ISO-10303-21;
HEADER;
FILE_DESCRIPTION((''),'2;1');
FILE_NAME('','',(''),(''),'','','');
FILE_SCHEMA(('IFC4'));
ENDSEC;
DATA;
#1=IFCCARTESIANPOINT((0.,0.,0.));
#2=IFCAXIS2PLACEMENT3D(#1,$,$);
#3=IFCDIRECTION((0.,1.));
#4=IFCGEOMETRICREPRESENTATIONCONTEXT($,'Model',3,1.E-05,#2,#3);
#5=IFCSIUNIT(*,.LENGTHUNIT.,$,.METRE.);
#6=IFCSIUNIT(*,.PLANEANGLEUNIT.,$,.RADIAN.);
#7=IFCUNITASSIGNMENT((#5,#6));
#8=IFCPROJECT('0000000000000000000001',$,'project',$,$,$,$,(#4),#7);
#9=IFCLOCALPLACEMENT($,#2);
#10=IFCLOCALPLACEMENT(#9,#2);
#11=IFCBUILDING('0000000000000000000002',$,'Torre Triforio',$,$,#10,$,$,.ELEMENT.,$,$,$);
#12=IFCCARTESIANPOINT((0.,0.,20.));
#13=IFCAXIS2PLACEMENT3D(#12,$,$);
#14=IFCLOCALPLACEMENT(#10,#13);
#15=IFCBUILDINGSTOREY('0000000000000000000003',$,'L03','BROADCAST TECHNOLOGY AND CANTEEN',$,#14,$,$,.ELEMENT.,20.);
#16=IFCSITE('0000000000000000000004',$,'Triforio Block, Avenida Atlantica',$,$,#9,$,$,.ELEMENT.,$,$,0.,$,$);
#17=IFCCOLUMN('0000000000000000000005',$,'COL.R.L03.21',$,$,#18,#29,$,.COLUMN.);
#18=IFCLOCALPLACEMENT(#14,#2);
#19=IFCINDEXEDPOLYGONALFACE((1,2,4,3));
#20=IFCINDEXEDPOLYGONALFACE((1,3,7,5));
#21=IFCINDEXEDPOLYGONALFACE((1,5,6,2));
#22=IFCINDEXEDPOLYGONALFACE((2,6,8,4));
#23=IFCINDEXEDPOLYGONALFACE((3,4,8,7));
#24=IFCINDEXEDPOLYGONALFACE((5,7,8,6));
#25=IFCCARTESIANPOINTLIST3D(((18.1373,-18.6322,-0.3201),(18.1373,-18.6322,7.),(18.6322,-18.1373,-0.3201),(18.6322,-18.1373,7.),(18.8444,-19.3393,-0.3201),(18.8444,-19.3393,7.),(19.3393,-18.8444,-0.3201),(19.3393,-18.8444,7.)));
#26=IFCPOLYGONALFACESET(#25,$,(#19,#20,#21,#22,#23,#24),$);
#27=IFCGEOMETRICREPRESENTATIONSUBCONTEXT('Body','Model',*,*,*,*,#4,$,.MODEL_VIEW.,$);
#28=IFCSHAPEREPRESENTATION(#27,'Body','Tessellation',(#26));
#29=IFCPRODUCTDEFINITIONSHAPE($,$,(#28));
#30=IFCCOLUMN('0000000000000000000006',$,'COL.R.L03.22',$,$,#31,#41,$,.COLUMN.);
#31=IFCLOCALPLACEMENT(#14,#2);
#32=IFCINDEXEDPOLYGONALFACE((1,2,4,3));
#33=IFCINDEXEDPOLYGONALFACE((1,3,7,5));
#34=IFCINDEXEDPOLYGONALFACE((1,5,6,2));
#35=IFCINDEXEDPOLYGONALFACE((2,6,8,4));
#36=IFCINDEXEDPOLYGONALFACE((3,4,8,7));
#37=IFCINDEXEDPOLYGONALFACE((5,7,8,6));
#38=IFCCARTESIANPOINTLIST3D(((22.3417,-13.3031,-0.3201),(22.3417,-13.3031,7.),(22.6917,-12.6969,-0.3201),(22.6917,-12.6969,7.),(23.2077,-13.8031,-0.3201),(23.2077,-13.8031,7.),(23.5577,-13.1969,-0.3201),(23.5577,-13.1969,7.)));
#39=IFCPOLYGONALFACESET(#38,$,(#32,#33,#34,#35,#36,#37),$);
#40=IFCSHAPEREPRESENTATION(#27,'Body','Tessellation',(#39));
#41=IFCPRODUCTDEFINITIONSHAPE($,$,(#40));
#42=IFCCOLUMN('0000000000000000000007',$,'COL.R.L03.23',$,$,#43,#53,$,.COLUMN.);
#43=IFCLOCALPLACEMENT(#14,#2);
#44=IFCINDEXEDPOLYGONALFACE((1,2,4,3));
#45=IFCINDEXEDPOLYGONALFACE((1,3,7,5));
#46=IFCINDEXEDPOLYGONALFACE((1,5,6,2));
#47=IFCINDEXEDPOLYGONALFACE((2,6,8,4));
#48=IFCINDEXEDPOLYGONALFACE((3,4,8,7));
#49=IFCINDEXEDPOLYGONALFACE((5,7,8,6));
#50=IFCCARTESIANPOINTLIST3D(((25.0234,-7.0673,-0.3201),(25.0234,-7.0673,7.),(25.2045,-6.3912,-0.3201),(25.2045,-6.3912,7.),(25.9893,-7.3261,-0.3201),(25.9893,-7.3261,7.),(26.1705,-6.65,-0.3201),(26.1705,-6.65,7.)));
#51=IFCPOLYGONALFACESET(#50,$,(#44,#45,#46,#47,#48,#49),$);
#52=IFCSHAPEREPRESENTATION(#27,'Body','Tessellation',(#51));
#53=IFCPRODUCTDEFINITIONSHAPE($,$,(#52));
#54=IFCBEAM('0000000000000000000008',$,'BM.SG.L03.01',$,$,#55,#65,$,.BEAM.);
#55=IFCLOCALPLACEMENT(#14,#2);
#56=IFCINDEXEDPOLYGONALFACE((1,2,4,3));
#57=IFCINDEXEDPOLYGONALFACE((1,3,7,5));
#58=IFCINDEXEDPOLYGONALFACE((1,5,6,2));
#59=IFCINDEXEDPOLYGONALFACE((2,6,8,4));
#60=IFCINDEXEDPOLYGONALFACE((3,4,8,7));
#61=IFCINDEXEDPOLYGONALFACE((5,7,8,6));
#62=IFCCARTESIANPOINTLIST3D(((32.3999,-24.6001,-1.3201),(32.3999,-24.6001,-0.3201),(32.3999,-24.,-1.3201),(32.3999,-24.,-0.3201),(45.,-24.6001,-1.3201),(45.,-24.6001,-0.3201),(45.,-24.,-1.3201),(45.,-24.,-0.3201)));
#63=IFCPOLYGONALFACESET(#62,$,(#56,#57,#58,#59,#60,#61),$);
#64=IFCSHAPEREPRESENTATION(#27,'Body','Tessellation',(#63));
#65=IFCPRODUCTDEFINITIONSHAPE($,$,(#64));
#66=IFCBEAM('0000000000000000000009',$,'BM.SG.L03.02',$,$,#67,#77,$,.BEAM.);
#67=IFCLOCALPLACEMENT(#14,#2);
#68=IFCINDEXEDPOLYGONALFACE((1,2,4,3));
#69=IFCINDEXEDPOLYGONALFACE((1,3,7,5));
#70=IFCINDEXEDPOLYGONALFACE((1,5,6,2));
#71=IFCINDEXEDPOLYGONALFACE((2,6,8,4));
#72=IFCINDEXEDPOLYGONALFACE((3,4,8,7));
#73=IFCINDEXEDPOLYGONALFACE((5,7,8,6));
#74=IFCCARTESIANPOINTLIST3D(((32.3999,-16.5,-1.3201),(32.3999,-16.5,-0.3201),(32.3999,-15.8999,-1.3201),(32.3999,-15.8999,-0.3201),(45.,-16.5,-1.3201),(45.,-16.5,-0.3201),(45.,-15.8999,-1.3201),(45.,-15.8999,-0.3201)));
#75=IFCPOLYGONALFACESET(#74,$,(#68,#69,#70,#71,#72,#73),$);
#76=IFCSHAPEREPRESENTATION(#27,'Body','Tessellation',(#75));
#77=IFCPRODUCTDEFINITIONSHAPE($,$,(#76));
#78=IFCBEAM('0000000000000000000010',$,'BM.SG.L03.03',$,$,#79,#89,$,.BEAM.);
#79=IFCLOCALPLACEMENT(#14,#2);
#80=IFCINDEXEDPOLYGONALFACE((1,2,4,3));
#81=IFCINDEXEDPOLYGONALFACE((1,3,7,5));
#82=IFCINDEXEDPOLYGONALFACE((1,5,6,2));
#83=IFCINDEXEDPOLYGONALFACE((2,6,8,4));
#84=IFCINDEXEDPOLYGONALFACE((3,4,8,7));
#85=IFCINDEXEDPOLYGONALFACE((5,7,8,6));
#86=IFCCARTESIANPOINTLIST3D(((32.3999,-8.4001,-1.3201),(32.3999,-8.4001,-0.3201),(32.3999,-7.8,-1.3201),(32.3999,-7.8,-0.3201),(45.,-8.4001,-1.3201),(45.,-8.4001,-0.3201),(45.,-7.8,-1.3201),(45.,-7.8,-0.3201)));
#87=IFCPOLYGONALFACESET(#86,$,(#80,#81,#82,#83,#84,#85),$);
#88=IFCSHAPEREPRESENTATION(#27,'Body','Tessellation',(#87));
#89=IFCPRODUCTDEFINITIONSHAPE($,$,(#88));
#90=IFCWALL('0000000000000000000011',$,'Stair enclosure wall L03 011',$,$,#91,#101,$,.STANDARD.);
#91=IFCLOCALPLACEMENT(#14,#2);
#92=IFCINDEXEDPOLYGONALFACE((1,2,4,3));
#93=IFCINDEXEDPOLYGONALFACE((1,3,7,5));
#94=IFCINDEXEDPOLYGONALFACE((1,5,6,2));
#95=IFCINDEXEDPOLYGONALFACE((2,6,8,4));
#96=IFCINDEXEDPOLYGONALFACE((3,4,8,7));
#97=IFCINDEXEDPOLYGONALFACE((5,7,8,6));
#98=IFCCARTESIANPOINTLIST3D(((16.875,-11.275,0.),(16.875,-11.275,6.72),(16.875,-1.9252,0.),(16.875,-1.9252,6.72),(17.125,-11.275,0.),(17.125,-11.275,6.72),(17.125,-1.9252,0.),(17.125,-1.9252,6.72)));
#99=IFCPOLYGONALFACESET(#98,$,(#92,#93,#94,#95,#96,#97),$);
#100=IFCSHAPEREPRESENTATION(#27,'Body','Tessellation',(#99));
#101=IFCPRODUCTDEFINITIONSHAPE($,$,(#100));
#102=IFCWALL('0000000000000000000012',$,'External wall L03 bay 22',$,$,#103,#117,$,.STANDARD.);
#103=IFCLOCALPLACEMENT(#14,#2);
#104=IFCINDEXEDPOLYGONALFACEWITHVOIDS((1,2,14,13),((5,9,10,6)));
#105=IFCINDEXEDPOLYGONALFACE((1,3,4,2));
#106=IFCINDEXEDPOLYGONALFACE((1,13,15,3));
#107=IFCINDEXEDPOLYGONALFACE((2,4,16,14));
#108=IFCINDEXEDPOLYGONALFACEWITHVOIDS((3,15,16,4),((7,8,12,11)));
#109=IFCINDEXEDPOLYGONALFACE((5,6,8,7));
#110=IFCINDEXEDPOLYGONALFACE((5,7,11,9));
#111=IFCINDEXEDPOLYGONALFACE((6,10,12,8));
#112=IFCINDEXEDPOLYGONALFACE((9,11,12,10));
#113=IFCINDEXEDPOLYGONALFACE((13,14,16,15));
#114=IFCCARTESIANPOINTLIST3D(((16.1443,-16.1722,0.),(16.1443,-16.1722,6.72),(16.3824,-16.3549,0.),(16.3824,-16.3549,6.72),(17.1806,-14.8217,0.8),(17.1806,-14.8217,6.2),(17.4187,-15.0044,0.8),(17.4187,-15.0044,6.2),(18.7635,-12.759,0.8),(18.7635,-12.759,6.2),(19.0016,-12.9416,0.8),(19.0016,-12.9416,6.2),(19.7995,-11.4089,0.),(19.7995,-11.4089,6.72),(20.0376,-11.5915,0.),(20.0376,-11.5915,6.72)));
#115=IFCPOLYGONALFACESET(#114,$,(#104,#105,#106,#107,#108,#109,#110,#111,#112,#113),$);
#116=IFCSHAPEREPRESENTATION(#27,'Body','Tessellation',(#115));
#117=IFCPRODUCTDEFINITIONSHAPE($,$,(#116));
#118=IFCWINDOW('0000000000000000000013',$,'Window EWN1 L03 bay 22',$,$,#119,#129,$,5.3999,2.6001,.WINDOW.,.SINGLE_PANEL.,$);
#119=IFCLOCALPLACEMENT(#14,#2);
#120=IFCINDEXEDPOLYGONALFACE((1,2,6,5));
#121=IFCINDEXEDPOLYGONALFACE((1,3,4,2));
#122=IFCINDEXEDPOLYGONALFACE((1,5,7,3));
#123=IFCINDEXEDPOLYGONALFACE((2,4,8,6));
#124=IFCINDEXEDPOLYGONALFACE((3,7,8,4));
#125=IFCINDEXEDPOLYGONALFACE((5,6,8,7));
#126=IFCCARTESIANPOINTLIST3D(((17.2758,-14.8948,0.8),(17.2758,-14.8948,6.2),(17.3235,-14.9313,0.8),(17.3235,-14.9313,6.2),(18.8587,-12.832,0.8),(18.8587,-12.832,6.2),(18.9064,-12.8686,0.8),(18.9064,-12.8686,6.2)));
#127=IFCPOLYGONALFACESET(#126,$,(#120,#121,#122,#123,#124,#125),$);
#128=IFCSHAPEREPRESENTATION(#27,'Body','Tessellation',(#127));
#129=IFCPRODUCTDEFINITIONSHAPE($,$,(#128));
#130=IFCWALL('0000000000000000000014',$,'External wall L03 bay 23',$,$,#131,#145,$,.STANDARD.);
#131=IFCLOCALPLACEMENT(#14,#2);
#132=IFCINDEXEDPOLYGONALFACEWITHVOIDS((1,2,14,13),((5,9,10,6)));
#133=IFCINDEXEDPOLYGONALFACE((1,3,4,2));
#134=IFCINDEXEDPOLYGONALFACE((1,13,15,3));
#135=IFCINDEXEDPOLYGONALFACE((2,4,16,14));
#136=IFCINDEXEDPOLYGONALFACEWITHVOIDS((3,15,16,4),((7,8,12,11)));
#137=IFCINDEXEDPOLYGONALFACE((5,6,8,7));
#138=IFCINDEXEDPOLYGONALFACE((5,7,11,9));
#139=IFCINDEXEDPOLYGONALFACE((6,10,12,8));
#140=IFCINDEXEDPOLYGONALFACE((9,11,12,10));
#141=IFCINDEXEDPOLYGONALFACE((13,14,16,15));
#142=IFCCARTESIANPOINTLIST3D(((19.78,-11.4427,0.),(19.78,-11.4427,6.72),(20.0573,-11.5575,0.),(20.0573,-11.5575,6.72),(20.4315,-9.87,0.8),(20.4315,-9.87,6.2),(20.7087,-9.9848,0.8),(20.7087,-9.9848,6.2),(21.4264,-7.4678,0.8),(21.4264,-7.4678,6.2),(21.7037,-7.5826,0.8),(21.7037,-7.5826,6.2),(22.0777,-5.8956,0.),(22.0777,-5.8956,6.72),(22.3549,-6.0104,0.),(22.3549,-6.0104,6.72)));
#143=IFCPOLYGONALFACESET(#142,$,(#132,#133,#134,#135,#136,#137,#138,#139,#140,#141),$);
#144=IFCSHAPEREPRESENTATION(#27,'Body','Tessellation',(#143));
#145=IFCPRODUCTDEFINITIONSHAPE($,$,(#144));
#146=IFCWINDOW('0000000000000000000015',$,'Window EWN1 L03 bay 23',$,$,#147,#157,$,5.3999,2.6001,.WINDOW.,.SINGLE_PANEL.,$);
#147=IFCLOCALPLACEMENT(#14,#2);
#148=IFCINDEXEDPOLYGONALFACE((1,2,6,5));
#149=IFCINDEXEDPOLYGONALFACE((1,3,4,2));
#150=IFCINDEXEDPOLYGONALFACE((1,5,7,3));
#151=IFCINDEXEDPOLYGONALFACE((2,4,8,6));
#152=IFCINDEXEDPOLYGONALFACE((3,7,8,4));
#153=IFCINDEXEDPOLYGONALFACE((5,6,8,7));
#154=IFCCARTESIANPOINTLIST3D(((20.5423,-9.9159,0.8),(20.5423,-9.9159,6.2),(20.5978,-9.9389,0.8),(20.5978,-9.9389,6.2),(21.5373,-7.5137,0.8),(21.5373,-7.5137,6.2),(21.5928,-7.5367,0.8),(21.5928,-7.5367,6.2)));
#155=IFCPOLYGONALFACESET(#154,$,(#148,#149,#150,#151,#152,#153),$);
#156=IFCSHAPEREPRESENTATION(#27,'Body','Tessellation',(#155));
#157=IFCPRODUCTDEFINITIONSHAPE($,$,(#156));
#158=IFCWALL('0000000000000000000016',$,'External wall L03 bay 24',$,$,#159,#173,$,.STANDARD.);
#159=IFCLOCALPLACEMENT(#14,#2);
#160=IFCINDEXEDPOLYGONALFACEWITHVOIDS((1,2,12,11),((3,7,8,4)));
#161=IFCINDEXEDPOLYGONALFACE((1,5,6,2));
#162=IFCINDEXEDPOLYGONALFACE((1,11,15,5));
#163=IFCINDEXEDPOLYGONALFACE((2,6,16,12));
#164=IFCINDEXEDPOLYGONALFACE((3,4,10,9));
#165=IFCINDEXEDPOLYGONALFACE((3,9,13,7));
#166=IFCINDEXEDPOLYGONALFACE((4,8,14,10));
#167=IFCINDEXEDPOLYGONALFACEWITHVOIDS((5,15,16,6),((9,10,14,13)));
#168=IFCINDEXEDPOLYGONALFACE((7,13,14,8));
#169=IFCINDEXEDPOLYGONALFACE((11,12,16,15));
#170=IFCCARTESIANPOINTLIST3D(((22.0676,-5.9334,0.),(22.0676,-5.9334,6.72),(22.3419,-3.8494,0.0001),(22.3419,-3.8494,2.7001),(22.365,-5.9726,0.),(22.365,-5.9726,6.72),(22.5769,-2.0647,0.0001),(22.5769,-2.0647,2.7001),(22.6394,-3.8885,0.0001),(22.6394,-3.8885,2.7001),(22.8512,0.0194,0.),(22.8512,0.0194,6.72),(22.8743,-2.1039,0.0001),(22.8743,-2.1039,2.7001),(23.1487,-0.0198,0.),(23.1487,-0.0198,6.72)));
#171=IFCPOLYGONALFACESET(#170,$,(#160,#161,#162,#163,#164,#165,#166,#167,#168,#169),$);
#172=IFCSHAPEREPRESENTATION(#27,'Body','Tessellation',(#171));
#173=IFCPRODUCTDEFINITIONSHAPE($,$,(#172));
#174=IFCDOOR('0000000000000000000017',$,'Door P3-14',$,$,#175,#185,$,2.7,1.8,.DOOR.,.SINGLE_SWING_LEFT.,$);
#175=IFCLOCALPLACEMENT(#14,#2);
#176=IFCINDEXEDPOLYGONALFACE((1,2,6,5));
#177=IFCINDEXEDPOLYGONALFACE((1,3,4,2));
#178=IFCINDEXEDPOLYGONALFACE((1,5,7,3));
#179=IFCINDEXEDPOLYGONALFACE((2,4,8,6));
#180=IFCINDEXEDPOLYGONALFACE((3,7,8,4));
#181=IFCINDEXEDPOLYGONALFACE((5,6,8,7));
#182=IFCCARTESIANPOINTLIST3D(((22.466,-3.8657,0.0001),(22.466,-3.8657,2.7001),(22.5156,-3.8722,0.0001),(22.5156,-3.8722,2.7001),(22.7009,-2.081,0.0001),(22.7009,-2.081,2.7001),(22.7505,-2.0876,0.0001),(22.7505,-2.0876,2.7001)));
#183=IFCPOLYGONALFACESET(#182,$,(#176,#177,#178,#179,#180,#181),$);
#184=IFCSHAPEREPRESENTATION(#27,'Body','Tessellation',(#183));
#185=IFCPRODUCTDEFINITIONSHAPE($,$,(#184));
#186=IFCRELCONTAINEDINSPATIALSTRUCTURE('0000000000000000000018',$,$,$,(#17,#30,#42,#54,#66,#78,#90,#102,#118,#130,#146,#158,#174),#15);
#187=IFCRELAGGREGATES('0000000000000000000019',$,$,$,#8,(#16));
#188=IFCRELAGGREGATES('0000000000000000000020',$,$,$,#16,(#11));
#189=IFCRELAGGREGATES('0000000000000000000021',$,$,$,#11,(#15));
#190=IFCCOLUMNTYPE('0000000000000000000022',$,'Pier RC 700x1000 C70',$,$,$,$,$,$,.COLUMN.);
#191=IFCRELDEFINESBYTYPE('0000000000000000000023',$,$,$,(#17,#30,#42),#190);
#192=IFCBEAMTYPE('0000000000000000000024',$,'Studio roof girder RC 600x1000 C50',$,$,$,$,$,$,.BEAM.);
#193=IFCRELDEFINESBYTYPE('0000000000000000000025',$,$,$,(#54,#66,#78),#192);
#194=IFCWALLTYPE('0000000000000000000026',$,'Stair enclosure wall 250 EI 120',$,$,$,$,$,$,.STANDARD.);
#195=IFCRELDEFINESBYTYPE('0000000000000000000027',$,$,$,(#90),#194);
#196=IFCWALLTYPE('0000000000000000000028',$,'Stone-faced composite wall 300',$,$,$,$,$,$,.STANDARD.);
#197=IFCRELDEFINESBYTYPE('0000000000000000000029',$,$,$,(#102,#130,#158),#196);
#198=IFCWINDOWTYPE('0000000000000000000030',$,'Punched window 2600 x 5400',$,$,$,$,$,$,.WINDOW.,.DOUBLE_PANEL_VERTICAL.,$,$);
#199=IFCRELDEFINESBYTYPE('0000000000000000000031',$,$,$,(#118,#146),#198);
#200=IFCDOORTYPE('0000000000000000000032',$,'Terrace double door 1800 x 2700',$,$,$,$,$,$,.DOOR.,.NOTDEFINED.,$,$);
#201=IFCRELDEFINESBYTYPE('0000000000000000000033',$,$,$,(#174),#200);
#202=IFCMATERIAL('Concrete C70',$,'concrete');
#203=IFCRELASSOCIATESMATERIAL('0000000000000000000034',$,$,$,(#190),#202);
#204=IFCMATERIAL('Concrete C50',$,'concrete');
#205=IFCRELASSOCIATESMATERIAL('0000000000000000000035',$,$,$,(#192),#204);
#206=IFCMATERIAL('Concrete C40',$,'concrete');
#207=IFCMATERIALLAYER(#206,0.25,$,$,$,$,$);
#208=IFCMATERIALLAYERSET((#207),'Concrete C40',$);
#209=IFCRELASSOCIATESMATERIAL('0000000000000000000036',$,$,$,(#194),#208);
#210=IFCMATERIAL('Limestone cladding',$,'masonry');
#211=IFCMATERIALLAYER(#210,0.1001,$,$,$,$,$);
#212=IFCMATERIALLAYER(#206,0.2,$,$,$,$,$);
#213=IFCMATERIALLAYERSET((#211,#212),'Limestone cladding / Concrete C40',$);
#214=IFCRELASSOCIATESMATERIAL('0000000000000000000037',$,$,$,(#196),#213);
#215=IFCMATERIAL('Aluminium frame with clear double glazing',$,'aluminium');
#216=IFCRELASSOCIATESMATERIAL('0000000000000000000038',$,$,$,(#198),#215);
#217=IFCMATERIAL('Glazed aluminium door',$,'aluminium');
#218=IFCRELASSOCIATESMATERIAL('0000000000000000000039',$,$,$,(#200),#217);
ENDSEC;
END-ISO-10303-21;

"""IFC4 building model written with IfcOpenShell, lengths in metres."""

from ifc_helpers import new_model, si_unit, direction, frame, frame_2d, origin, origin_2d, place, context, subcontext, project, spatial, rectangle, extrude, material, layer, layer_set, material_profile, profile_set, type_object, element, fill, save


model = new_model("IFC4")

# Units and contexts
model_context = context("Model", 3, precision=1e-05, world=origin(), true_north=direction((0.0, 1.0)))
body_context = subcontext(model_context, "Body", "Model", "MODEL_VIEW")
ifc_project = project(units=[si_unit("LENGTHUNIT", "METRE"), si_unit("PLANEANGLEUNIT", "RADIAN")], contexts=[model_context])

# Site, building, storey
site_placement = place(None, origin())
site = spatial("IfcSite", under=ifc_project, at=site_placement, Name="Triforio Block, Avenida Atlantica", CompositionType="ELEMENT", RefElevation=0.0)
building_placement = place(site_placement, origin())
building = spatial("IfcBuilding", under=site, at=building_placement, Name="Torre Triforio", CompositionType="ELEMENT")
storey_placement = place(building_placement, frame((0.0, 0.0, 20.0)))
storey = spatial("IfcBuildingStorey", under=building, at=storey_placement, Name="L03", Description="BROADCAST TECHNOLOGY AND CANTEEN", CompositionType="ELEMENT", Elevation=20.0)

# Columns
ifc_material_1 = material(Name="Concrete C70", Category="concrete")
ifc_material_profile_1 = material_profile(ifc_material_1, rectangle(XDim=0.7, YDim=1.0, at=origin_2d()), Name="RC 700x1000")
ifc_profile_set_1 = profile_set([ifc_material_profile_1], Name="Concrete C70")
column_type = type_object("IfcColumnType", Name="Pier RC 700x1000 C70", PredefinedType="COLUMN", material=ifc_profile_set_1)
for number, where, z_axis, x_axis, name in (
    (1, (18.7383, -18.7383, -0.3201), (0.0, 0.0, 1.0), (0.707107, 0.707107, 0.0), "COL.R.L03.21"),
    (2, (22.9497, -13.25, -0.3201), (0.0, 0.0, 1.0), (0.5, 0.866025, 0.0), "COL.R.L03.22"),
    (3, (25.5969, -6.8586, -0.3201), (0.0, 0.0, 1.0), (0.258819, 0.965926, 0.0), "COL.R.L03.23"),
):
    element("IfcColumn", number, at=place(storey_placement, frame(where, z_axis=z_axis, x_axis=x_axis)), inside=storey, type_object=column_type, Name=name, PredefinedType="COLUMN", context=body_context, shape_type="SweptSolid", body=[
        extrude(rectangle(XDim=0.7, YDim=1.0, at=origin_2d()), origin(), (0.0, 0.0, 1.0), 7.3201),
    ])

# Beams
ifc_material_2 = material(Name="Concrete C50", Category="concrete")
ifc_material_profile_2 = material_profile(ifc_material_2, rectangle(XDim=0.6001, YDim=1.0, at=origin_2d()), Name="RC 600x1000")
ifc_profile_set_2 = profile_set([ifc_material_profile_2], Name="Concrete C50")
beam_type = type_object("IfcBeamType", Name="Studio roof girder RC 600x1000 C50", PredefinedType="BEAM", material=ifc_profile_set_2)
for number, where, z_axis, x_axis, name in (
    (4, (32.3999, -24.3, -0.8201), (1.0, 0.0, 0.0), (0.0, 1.0, 0.0), "BM.SG.L03.01"),
    (5, (32.3999, -16.2, -0.8201), (1.0, 0.0, 0.0), (0.0, 1.0, 0.0), "BM.SG.L03.02"),
    (6, (32.3999, -8.1001, -0.8201), (1.0, 0.0, 0.0), (0.0, 1.0, 0.0), "BM.SG.L03.03"),
):
    element("IfcBeam", number, at=place(storey_placement, frame(where, z_axis=z_axis, x_axis=x_axis)), inside=storey, type_object=beam_type, Name=name, PredefinedType="BEAM", context=body_context, shape_type="SweptSolid", body=[
        extrude(rectangle(XDim=0.6001, YDim=1.0, at=origin_2d()), origin(), (0.0, 0.0, 1.0), 12.6001),
    ])

# Wall
ifc_material_3 = material(Name="Concrete C40", Category="concrete")
ifc_layer_1 = layer(ifc_material_3, 0.25)
ifc_layer_set_1 = layer_set([ifc_layer_1], Name="Concrete C40")
wall_type_1 = type_object("IfcWallType", Name="Stair enclosure wall 250 EI 120", PredefinedType="STANDARD", material=ifc_layer_set_1)
wall_1_placement = place(storey_placement, frame((17.0, -11.2749, 0.0), z_axis=(0.0, 0.0, 1.0), x_axis=(0.0, 1.0, 0.0)))
element("IfcWall", 7, at=wall_1_placement, inside=storey, type_object=wall_type_1, Name="Stair enclosure wall L03 011", PredefinedType="STANDARD", context=body_context, shape_type="SweptSolid", body=[
    extrude(rectangle(XDim=9.3499, YDim=0.25, at=frame_2d((4.6748, 0.0))), origin(), (0.0, 0.0, 1.0), 6.72),
])

# Walls, openings, windows
ifc_material_4 = material(Name="Limestone cladding", Category="masonry")
ifc_layer_2 = layer(ifc_material_4, 0.1001)
ifc_layer_3 = layer(ifc_material_3, 0.2)
ifc_layer_set_2 = layer_set([ifc_layer_2, ifc_layer_3], Name="Limestone cladding / Concrete C40")
wall_type_2 = type_object("IfcWallType", Name="Stone-faced composite wall 300", PredefinedType="STANDARD", material=ifc_layer_set_2)
wall_2_placement = place(storey_placement, frame((16.2634, -16.2634, 0.0), z_axis=(0.0, 0.0, 1.0), x_axis=(0.608779, 0.79334, 0.0)))
wall_2 = element("IfcWall", 8, at=wall_2_placement, inside=storey, type_object=wall_type_2, Name="External wall L03 bay 22", PredefinedType="STANDARD", context=body_context, shape_type="SweptSolid", body=[
    extrude(rectangle(XDim=6.0042, YDim=0.3, at=frame_2d((3.002, 0.0))), origin(), (0.0, 0.0, 1.0), 6.72),
])
opening_1_placement = place(wall_2_placement, frame((1.7021, 0.0, 0.8)))
opening_1 = element("IfcOpeningElement", 9, at=opening_1_placement, cuts=wall_2, PredefinedType="OPENING", context=body_context, shape_type="SweptSolid", body=[
    extrude(rectangle(XDim=2.6001, YDim=5.3999, at=frame_2d((1.3, 2.7))), frame((0.0, 0.1599, 0.0), z_axis=(0.0, -1.0, 0.0), x_axis=(1.0, 0.0, 0.0)), (0.0, 0.0, 1.0), 0.3201),
])
ifc_material_5 = material(Name="Aluminium frame with clear double glazing", Category="aluminium")
window_type = type_object("IfcWindowType", Name="Punched window 2600 x 5400", PartitioningType="DOUBLE_PANEL_VERTICAL", PredefinedType="WINDOW", material=ifc_material_5)
window_1_placement = place(opening_1_placement, origin())
window_1 = element("IfcWindow", 10, at=window_1_placement, inside=storey, type_object=window_type, Name="Window EWN1 L03 bay 22", OverallHeight=5.3999, OverallWidth=2.6001, PartitioningType="SINGLE_PANEL", PredefinedType="WINDOW", context=body_context, shape_type="SweptSolid", body=[
    extrude(rectangle(XDim=2.6001, YDim=5.3999, at=frame_2d((1.3, 2.7))), frame((0.0, 0.03, 0.0), z_axis=(0.0, -1.0, 0.0), x_axis=(1.0, 0.0, 0.0)), (0.0, 0.0, 1.0), 0.0601),
])
fill(opening_1, window_1)
wall_3_placement = place(storey_placement, frame((19.9187, -11.5, 0.0), z_axis=(0.0, 0.0, 1.0), x_axis=(0.382671, 0.923885, 0.0)))
wall_3 = element("IfcWall", 11, at=wall_3_placement, inside=storey, type_object=wall_type_2, Name="External wall L03 bay 23", PredefinedType="STANDARD", context=body_context, shape_type="SweptSolid", body=[
    extrude(rectangle(XDim=6.0042, YDim=0.3, at=frame_2d((3.002, 0.0))), origin(), (0.0, 0.0, 1.0), 6.72),
])
opening_2_placement = place(wall_3_placement, frame((1.7021, 0.0, 0.8)))
opening_2 = element("IfcOpeningElement", 12, at=opening_2_placement, cuts=wall_3, PredefinedType="OPENING", context=body_context, shape_type="SweptSolid", body=[
    extrude(rectangle(XDim=2.6001, YDim=5.3999, at=frame_2d((1.3, 2.7))), frame((0.0, 0.1599, 0.0), z_axis=(0.0, -1.0, 0.0), x_axis=(1.0, 0.0, 0.0)), (0.0, 0.0, 1.0), 0.3201),
])
window_2_placement = place(opening_2_placement, origin())
window_2 = element("IfcWindow", 13, at=window_2_placement, inside=storey, type_object=window_type, Name="Window EWN1 L03 bay 23", OverallHeight=5.3999, OverallWidth=2.6001, PartitioningType="SINGLE_PANEL", PredefinedType="WINDOW", context=body_context, shape_type="SweptSolid", body=[
    extrude(rectangle(XDim=2.6001, YDim=5.3999, at=frame_2d((1.3, 2.7))), frame((0.0, 0.03, 0.0), z_axis=(0.0, -1.0, 0.0), x_axis=(1.0, 0.0, 0.0)), (0.0, 0.0, 1.0), 0.0601),
])
fill(opening_2, window_2)

# Wall, opening, door
wall_4_placement = place(storey_placement, frame((22.2163, -5.9529, 0.0), z_axis=(0.0, 0.0, 1.0), x_axis=(0.130523, 0.991445, 0.0)))
wall_4 = element("IfcWall", 14, at=wall_4_placement, inside=storey, type_object=wall_type_2, Name="External wall L03 bay 24", PredefinedType="STANDARD", context=body_context, shape_type="SweptSolid", body=[
    extrude(rectangle(XDim=6.0042, YDim=0.3, at=frame_2d((3.002, 0.0))), origin(), (0.0, 0.0, 1.0), 6.72),
])
opening_3_placement = place(wall_4_placement, frame((2.1021, 0.0, 0.0)))
opening_3 = element("IfcOpeningElement", 15, at=opening_3_placement, cuts=wall_4, PredefinedType="OPENING", context=body_context, shape_type="SweptSolid", body=[
    extrude(rectangle(XDim=1.8, YDim=2.7, at=frame_2d((0.8999, 1.3501))), frame((0.0, 0.1599, 0.0), z_axis=(0.0, -1.0, 0.0), x_axis=(1.0, 0.0, 0.0)), (0.0, 0.0, 1.0), 0.3201),
])
ifc_material_6 = material(Name="Glazed aluminium door", Category="aluminium")
door_type_1 = type_object("IfcDoorType", Name="Terrace double door 1800 x 2700", OperationType="NOTDEFINED", PredefinedType="DOOR", material=ifc_material_6)
door_1_placement = place(opening_3_placement, origin())
door_1 = element("IfcDoor", 16, at=door_1_placement, inside=storey, type_object=door_type_1, Name="Door P3-14", OperationType="SINGLE_SWING_LEFT", OverallHeight=2.7, OverallWidth=1.8, PredefinedType="DOOR", context=body_context, shape_type="SweptSolid", body=[
    extrude(rectangle(XDim=1.8, YDim=2.7, at=frame_2d((0.8999, 1.3501))), frame((0.0, 0.0249, 0.0), z_axis=(0.0, -1.0, 0.0), x_axis=(1.0, 0.0, 0.0)), (0.0, 0.0, 1.0), 0.05),
])
fill(opening_3, door_1)

save(model, "model.ifc")
